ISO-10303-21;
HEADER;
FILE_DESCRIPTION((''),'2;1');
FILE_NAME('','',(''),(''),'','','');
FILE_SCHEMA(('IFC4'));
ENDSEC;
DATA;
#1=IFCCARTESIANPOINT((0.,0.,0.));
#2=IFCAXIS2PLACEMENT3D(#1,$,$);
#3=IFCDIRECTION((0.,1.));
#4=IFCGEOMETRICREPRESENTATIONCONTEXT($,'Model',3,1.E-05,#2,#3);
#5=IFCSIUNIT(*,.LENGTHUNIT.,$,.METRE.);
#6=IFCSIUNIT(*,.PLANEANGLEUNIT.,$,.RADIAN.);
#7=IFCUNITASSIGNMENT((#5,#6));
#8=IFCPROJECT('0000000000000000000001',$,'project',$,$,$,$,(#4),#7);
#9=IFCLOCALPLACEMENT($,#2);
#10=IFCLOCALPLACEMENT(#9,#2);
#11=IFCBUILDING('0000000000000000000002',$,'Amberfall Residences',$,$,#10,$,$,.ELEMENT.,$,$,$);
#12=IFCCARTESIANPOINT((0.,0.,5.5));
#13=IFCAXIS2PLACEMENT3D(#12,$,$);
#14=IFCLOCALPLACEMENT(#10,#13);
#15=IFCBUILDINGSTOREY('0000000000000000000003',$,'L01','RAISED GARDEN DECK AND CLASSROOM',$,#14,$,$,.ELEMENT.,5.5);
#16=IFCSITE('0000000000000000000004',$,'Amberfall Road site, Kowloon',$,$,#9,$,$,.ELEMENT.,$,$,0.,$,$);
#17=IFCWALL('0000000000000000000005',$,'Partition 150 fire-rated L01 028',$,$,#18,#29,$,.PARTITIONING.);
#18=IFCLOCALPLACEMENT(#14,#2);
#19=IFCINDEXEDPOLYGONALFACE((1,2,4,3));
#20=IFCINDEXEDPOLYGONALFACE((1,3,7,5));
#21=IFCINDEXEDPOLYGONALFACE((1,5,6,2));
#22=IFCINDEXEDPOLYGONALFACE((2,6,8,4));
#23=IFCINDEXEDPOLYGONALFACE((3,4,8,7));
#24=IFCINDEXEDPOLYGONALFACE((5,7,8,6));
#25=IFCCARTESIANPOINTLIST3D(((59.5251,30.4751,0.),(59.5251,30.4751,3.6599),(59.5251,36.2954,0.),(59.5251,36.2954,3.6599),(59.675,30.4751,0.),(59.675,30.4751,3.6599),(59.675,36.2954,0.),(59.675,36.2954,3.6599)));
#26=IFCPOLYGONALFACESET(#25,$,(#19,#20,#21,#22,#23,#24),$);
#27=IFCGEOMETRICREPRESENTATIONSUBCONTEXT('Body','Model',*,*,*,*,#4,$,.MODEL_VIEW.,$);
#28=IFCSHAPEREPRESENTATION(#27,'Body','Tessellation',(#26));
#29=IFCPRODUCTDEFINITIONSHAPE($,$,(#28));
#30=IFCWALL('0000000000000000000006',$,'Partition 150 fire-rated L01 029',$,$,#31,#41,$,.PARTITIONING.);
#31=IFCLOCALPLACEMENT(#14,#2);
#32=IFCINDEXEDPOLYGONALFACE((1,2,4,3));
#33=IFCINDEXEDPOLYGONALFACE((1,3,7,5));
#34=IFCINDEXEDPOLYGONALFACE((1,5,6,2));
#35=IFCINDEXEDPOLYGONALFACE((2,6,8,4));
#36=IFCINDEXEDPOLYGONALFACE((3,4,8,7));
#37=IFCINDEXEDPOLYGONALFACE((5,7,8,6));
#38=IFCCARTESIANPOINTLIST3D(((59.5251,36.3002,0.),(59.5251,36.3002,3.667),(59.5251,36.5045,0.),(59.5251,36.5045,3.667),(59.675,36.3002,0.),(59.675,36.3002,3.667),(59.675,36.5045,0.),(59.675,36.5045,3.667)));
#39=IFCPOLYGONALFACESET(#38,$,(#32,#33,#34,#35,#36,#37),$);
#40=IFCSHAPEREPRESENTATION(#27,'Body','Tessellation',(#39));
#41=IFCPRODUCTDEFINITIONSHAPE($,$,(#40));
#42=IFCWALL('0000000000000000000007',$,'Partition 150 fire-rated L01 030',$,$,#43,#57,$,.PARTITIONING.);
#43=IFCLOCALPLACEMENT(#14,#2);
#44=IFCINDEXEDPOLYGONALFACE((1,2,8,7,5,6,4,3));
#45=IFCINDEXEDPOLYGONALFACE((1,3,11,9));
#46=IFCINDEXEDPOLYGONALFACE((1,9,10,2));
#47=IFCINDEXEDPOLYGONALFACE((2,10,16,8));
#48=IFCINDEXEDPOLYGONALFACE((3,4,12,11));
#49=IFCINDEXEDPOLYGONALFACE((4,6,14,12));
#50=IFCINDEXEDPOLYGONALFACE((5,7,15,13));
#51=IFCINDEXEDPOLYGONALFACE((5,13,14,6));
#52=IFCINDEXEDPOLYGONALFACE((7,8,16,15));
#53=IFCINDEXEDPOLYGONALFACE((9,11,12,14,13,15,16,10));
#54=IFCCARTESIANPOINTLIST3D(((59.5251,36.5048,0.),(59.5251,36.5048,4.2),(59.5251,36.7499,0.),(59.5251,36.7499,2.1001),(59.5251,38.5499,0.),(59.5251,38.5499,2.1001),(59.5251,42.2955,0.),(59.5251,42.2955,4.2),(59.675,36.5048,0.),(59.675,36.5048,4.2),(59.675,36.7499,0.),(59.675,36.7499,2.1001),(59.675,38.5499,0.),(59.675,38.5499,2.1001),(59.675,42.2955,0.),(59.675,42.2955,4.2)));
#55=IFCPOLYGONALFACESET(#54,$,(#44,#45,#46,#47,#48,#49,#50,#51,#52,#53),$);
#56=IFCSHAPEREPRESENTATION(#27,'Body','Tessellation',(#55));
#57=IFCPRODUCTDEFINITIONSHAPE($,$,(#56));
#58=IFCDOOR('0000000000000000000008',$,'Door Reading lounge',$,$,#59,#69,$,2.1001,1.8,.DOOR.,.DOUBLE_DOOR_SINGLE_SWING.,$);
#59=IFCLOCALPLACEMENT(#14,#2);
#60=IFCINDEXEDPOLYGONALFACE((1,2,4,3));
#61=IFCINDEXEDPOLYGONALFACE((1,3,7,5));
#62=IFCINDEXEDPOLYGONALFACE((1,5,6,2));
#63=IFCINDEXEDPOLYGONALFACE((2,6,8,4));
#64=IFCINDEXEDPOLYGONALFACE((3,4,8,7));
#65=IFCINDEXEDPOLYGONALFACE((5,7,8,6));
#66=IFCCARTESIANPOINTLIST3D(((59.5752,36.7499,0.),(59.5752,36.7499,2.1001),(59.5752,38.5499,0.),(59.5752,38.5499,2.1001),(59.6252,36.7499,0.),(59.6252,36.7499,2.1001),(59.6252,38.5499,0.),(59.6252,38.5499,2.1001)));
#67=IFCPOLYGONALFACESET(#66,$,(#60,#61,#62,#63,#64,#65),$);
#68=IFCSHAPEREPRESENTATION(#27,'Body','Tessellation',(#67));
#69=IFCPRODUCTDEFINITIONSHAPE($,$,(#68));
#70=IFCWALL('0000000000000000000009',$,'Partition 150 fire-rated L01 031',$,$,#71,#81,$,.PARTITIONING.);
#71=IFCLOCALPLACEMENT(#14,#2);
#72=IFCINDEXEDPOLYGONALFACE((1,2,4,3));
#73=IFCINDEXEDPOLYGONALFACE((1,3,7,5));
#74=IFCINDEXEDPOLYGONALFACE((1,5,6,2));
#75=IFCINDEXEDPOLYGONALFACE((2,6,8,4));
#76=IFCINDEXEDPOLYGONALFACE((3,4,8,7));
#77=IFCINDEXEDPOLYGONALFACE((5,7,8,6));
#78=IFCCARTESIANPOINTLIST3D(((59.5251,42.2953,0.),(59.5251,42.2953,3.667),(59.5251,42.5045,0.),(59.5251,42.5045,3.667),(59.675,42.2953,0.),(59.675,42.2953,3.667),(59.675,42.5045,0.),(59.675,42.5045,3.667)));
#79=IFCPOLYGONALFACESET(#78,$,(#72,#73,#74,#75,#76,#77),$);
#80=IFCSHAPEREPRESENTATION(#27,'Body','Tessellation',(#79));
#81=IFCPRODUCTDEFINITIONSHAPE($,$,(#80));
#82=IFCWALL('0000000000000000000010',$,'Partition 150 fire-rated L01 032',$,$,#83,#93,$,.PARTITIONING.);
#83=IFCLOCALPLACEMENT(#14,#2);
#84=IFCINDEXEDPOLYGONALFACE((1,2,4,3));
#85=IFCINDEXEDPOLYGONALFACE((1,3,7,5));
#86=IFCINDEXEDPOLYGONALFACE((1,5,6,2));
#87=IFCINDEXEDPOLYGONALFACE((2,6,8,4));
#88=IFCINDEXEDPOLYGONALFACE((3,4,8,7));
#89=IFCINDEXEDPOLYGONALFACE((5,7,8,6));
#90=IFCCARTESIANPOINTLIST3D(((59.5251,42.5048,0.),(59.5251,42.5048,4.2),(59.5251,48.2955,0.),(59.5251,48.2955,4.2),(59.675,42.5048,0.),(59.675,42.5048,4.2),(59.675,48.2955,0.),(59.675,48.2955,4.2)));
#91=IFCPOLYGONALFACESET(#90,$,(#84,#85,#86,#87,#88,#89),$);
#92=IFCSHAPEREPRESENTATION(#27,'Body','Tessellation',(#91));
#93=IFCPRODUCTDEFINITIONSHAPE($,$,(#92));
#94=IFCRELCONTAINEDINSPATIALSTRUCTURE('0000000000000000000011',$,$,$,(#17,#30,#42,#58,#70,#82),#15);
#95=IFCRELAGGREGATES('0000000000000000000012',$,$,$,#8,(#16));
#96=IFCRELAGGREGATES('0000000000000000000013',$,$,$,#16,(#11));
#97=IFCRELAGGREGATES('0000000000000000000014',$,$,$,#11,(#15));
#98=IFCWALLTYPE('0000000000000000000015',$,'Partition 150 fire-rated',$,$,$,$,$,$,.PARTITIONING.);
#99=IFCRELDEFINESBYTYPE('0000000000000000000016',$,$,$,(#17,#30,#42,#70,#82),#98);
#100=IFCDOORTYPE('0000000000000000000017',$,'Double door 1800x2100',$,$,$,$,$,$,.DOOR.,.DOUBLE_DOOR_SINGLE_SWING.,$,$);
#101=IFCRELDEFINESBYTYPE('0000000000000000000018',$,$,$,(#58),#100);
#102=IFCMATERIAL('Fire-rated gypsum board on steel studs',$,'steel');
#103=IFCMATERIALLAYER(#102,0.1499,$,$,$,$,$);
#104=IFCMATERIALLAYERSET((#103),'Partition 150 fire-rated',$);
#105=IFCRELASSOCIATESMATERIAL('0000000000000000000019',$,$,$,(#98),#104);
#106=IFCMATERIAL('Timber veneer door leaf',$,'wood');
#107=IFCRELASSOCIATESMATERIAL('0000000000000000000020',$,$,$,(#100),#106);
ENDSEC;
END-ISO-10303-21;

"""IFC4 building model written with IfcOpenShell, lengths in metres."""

from ifc_helpers import new_model, si_unit, direction, frame, frame_2d, origin, place, context, subcontext, project, spatial, rectangle, extrude, material, layer, layer_set, type_object, element, fill, save


model = new_model("IFC4")

# Units and contexts
model_context = context("Model", 3, precision=1e-05, world=origin(), true_north=direction((0.0, 1.0)))
body_context = subcontext(model_context, "Body", "Model", "MODEL_VIEW")
ifc_project = project(units=[si_unit("LENGTHUNIT", "METRE"), si_unit("PLANEANGLEUNIT", "RADIAN")], contexts=[model_context])

# Site, building, storey
site_placement = place(None, origin())
site = spatial("IfcSite", under=ifc_project, at=site_placement, Name="Amberfall Road site, Kowloon", CompositionType="ELEMENT", RefElevation=0.0)
building_placement = place(site_placement, origin())
building = spatial("IfcBuilding", under=site, at=building_placement, Name="Amberfall Residences", CompositionType="ELEMENT")
storey_placement = place(building_placement, frame((0.0, 0.0, 5.5)))
storey = spatial("IfcBuildingStorey", under=building, at=storey_placement, Name="L01", Description="RAISED GARDEN DECK AND CLASSROOM", CompositionType="ELEMENT", Elevation=5.5)

# Shared definitions
ifc_material_1 = material(Name="Fire-rated gypsum board on steel studs", Category="steel")
ifc_layer_1 = layer(ifc_material_1, 0.1499)
ifc_layer_set_1 = layer_set([ifc_layer_1], Name="Partition 150 fire-rated")
wall_type_1 = type_object("IfcWallType", Name="Partition 150 fire-rated", PredefinedType="PARTITIONING", material=ifc_layer_set_1)
ifc_material_2 = material(Name="Timber veneer door leaf", Category="wood")
door_type_1 = type_object("IfcDoorType", Name="Double door 1800x2100", OperationType="DOUBLE_DOOR_SINGLE_SWING", PredefinedType="DOOR", material=ifc_material_2)

# Walls
wall_1_placement = place(storey_placement, frame((59.6001, 30.4751, 0.0), z_axis=(0.0, 0.0, 1.0), x_axis=(0.0, 1.0, 0.0)))
element("IfcWall", 1, at=wall_1_placement, inside=storey, type_object=wall_type_1, Name="Partition 150 fire-rated L01 028", PredefinedType="PARTITIONING", context=body_context, shape_type="SweptSolid", body=[
    extrude(rectangle(XDim=5.8203, YDim=0.1499, at=frame_2d((2.9102, 0.0))), origin(), (0.0, 0.0, 1.0), 3.6599),
])
wall_2_placement = place(storey_placement, frame((59.6001, 36.3003, 0.0), z_axis=(0.0, 0.0, 1.0), x_axis=(0.0, 1.0, 0.0)))
element("IfcWall", 2, at=wall_2_placement, inside=storey, type_object=wall_type_1, Name="Partition 150 fire-rated L01 029", PredefinedType="PARTITIONING", context=body_context, shape_type="SweptSolid", body=[
    extrude(rectangle(XDim=0.2043, YDim=0.1499, at=frame_2d((0.1021, 0.0))), origin(), (0.0, 0.0, 1.0), 3.667),
])

# Wall, opening, door
wall_3_placement = place(storey_placement, frame((59.6001, 36.5046, 0.0), z_axis=(0.0, 0.0, 1.0), x_axis=(0.0, 1.0, 0.0)))
wall_3 = element("IfcWall", 3, at=wall_3_placement, inside=storey, type_object=wall_type_1, Name="Partition 150 fire-rated L01 030", PredefinedType="PARTITIONING", context=body_context, shape_type="SweptSolid", body=[
    extrude(rectangle(XDim=5.7908, YDim=0.1499, at=frame_2d((2.8955, 0.0))), origin(), (0.0, 0.0, 1.0), 4.2),
])
opening_1_placement = place(wall_3_placement, frame((0.2454, 0.0, 0.0)))
opening_1 = element("IfcOpeningElement", 4, at=opening_1_placement, cuts=wall_3, PredefinedType="OPENING", context=body_context, shape_type="SweptSolid", body=[
    extrude(rectangle(XDim=1.8, YDim=2.1001, at=frame_2d((0.8999, 1.05))), frame((0.0, 0.085, 0.0), z_axis=(0.0, -1.0, 0.0), x_axis=(1.0, 0.0, 0.0)), (0.0, 0.0, 1.0), 0.1699),
])
door_1_placement = place(opening_1_placement, origin())
door_1 = element("IfcDoor", 5, at=door_1_placement, inside=storey, type_object=door_type_1, Name="Door Reading lounge", OperationType="DOUBLE_DOOR_SINGLE_SWING", OverallHeight=2.1001, OverallWidth=1.8, PredefinedType="DOOR", context=body_context, shape_type="SweptSolid", body=[
    extrude(rectangle(XDim=1.8, YDim=2.1001, at=frame_2d((0.8999, 1.05))), frame((0.0, 0.0249, 0.0), z_axis=(0.0, -1.0, 0.0), x_axis=(1.0, 0.0, 0.0)), (0.0, 0.0, 1.0), 0.05),
])
fill(opening_1, door_1)

# Walls
wall_4_placement = place(storey_placement, frame((59.6001, 42.2954, 0.0), z_axis=(0.0, 0.0, 1.0), x_axis=(0.0, 1.0, 0.0)))
element("IfcWall", 6, at=wall_4_placement, inside=storey, type_object=wall_type_1, Name="Partition 150 fire-rated L01 031", PredefinedType="PARTITIONING", context=body_context, shape_type="SweptSolid", body=[
    extrude(rectangle(XDim=0.2092, YDim=0.1499, at=frame_2d((0.1045, 0.0))), origin(), (0.0, 0.0, 1.0), 3.667),
])
wall_5_placement = place(storey_placement, frame((59.6001, 42.5046, 0.0), z_axis=(0.0, 0.0, 1.0), x_axis=(0.0, 1.0, 0.0)))
element("IfcWall", 7, at=wall_5_placement, inside=storey, type_object=wall_type_1, Name="Partition 150 fire-rated L01 032", PredefinedType="PARTITIONING", context=body_context, shape_type="SweptSolid", body=[
    extrude(rectangle(XDim=5.7908, YDim=0.1499, at=frame_2d((2.8955, 0.0))), origin(), (0.0, 0.0, 1.0), 4.2),
])

save(model, "model.ifc")
